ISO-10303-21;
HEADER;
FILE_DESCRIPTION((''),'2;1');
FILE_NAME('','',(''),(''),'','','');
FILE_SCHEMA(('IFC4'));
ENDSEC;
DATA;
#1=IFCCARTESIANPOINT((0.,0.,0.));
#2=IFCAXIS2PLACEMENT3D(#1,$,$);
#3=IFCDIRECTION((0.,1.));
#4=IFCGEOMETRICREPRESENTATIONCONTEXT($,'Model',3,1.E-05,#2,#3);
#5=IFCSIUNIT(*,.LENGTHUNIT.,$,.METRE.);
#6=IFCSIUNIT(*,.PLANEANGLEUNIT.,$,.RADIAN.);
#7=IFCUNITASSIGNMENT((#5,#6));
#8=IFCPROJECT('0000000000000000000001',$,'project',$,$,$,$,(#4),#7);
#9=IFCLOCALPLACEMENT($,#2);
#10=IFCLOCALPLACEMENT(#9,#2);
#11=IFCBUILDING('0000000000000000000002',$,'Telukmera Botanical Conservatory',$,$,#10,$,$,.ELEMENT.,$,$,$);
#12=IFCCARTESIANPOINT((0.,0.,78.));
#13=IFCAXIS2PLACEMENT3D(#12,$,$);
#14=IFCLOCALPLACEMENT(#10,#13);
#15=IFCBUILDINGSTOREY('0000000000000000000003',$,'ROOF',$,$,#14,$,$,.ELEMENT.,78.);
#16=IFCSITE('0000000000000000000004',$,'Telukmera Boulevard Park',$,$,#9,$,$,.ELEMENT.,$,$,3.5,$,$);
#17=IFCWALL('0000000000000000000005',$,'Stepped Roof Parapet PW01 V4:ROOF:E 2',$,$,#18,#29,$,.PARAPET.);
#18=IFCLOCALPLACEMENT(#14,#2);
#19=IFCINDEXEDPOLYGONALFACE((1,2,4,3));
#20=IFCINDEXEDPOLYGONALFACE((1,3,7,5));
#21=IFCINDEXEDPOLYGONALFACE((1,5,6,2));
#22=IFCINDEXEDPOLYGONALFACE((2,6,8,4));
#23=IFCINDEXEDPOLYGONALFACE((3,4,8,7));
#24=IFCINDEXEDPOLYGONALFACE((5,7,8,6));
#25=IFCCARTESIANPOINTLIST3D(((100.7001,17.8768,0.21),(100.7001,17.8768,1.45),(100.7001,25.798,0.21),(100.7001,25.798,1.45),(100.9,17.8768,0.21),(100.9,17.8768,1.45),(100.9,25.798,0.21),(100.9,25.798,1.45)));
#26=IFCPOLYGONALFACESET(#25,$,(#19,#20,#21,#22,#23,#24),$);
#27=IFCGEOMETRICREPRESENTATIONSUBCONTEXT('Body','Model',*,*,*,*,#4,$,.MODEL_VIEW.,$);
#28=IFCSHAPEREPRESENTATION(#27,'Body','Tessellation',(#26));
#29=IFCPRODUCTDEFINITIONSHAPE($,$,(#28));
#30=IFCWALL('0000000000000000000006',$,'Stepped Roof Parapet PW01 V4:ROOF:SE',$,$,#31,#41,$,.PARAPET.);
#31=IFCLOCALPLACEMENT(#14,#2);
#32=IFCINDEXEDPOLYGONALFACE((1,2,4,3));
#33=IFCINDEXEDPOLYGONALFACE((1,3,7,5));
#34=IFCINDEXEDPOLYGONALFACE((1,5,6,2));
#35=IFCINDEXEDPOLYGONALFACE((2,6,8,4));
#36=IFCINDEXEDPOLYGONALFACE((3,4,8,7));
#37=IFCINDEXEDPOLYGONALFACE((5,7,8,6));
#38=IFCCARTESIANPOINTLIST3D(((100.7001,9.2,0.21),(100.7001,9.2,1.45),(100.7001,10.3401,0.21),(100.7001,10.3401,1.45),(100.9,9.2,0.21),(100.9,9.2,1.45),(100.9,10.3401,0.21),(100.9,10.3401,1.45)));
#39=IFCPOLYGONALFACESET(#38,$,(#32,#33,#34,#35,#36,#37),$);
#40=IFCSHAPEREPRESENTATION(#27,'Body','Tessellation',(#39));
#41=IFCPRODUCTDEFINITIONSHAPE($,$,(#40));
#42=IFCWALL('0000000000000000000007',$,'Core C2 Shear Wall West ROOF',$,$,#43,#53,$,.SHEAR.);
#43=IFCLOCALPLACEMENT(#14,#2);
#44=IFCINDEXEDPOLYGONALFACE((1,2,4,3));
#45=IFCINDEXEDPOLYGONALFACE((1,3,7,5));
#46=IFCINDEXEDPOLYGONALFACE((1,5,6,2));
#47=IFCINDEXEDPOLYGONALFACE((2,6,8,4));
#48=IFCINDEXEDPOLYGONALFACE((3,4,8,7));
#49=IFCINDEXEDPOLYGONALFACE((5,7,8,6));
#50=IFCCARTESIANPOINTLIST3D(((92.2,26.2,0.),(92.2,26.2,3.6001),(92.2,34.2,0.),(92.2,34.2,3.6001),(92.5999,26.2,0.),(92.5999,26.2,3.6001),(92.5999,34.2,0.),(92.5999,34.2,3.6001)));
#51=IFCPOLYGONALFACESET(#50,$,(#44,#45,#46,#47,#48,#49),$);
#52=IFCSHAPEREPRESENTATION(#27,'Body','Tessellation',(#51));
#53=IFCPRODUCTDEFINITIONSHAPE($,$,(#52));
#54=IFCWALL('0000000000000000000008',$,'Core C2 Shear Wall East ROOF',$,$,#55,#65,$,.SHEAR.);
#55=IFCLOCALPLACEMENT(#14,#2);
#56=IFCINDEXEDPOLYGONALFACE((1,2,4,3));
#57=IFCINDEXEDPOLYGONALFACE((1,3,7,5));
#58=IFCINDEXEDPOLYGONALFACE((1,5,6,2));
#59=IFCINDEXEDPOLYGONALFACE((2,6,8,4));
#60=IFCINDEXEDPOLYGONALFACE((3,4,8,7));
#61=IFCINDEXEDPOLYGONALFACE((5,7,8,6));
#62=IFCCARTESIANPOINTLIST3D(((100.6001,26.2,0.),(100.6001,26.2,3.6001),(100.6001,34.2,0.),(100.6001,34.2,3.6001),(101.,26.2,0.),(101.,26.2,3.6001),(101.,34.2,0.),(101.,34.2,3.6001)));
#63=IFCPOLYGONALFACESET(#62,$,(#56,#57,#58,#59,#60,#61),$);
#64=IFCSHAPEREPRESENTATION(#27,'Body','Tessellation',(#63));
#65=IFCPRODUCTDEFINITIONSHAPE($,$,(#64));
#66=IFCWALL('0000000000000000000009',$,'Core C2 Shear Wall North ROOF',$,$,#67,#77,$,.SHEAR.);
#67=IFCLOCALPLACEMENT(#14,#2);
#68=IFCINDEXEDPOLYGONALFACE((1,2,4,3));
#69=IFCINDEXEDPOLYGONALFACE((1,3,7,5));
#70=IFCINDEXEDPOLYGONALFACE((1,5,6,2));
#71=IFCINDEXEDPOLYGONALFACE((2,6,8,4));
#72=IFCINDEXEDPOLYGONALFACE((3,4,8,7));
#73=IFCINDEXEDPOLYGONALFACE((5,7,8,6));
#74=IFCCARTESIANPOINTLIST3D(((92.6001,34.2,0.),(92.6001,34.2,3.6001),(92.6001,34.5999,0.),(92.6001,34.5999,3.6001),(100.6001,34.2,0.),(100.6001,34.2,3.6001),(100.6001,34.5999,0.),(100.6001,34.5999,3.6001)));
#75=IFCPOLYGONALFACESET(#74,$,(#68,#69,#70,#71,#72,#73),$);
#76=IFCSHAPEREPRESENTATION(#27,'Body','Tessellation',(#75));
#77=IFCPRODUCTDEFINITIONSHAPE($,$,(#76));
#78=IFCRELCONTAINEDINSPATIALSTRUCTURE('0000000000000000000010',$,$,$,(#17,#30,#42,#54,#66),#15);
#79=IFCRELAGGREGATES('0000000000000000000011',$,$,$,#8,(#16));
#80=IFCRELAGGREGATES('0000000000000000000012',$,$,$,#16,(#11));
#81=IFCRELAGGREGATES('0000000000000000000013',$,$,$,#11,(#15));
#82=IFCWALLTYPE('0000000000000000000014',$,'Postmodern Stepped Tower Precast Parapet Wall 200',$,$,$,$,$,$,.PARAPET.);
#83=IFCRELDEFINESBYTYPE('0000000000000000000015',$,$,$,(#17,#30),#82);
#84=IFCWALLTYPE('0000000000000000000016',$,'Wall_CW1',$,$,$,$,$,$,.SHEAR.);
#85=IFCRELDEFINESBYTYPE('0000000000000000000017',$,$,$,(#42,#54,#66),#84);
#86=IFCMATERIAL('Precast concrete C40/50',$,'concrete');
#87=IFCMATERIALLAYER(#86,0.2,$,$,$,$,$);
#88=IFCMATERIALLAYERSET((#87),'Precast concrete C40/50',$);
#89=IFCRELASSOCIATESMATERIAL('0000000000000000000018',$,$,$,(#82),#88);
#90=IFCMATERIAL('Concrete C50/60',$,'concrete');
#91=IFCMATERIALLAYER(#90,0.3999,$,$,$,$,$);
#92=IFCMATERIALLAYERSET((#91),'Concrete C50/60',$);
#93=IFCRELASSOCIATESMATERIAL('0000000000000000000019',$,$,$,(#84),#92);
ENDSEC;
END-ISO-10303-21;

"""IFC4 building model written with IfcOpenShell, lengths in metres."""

from ifc_helpers import new_model, si_unit, direction, frame, frame_2d, origin, place, context, subcontext, project, spatial, rectangle, extrude, material, layer, layer_set, type_object, element, save


model = new_model("IFC4")

# Units and contexts
model_context = context("Model", 3, precision=1e-05, world=origin(), true_north=direction((0.0, 1.0)))
body_context = subcontext(model_context, "Body", "Model", "MODEL_VIEW")
ifc_project = project(units=[si_unit("LENGTHUNIT", "METRE"), si_unit("PLANEANGLEUNIT", "RADIAN")], contexts=[model_context])

# Site, building, storey
site_placement = place(None, origin())
site = spatial("IfcSite", under=ifc_project, at=site_placement, Name="Telukmera Boulevard Park", CompositionType="ELEMENT", RefElevation=3.5)
building_placement = place(site_placement, origin())
building = spatial("IfcBuilding", under=site, at=building_placement, Name="Telukmera Botanical Conservatory", CompositionType="ELEMENT")
storey_placement = place(building_placement, frame((0.0, 0.0, 78.0)))
storey = spatial("IfcBuildingStorey", under=building, at=storey_placement, Name="ROOF", CompositionType="ELEMENT", Elevation=78.0)

# Shared definitions
ifc_material_1 = material(Name="Precast concrete C40/50", Category="concrete")

# Walls
ifc_layer_1 = layer(ifc_material_1, 0.2)
ifc_layer_set_1 = layer_set([ifc_layer_1], Name="Precast concrete C40/50")
wall_type_1 = type_object("IfcWallType", Name="Postmodern Stepped Tower Precast Parapet Wall 200", PredefinedType="PARAPET", material=ifc_layer_set_1)
wall_1_placement = place(storey_placement, frame((100.8, 17.877, 0.21), z_axis=(0.0, 0.0, 1.0), x_axis=(0.0, 1.0, 0.0)))
element("IfcWall", 1, at=wall_1_placement, inside=storey, type_object=wall_type_1, Name="Stepped Roof Parapet PW01 V4:ROOF:E 2", PredefinedType="PARAPET", context=body_context, shape_type="SweptSolid", body=[
    extrude(rectangle(XDim=7.9211, YDim=0.2, at=frame_2d((3.9604, 0.0))), origin(), (0.0, 0.0, 1.0), 1.24),
])
wall_2_placement = place(storey_placement, frame((100.8, 9.2, 0.21), z_axis=(0.0, 0.0, 1.0), x_axis=(0.0, 1.0, 0.0)))
element("IfcWall", 2, at=wall_2_placement, inside=storey, type_object=wall_type_1, Name="Stepped Roof Parapet PW01 V4:ROOF:SE", PredefinedType="PARAPET", context=body_context, shape_type="SweptSolid", body=[
    extrude(rectangle(XDim=1.1401, YDim=0.2, at=frame_2d((0.5701, 0.0))), origin(), (0.0, 0.0, 1.0), 1.24),
])
ifc_material_2 = material(Name="Concrete C50/60", Category="concrete")
ifc_layer_2 = layer(ifc_material_2, 0.3999)
ifc_layer_set_2 = layer_set([ifc_layer_2], Name="Concrete C50/60")
wall_type_2 = type_object("IfcWallType", Name="Wall_CW1", PredefinedType="SHEAR", material=ifc_layer_set_2)
for number, where, z_axis, x_axis, name in (
    (3, (92.3999, 26.2, 0.0), (0.0, 0.0, 1.0), (0.0, 1.0, 0.0), "Core C2 Shear Wall West ROOF"),
    (4, (100.8, 26.2, 0.0), (0.0, 0.0, 1.0), (0.0, 1.0, 0.0), "Core C2 Shear Wall East ROOF"),
    (5, (92.6001, 34.3999, 0.0), (0.0, 0.0, 1.0), (1.0, 0.0, 0.0), "Core C2 Shear Wall North ROOF"),
):
    element("IfcWall", number, at=place(storey_placement, frame(where, z_axis=z_axis, x_axis=x_axis)), inside=storey, type_object=wall_type_2, Name=name, PredefinedType="SHEAR", context=body_context, shape_type="SweptSolid", body=[
        extrude(rectangle(XDim=8.0, YDim=0.3999, at=frame_2d((4.0, 0.0))), origin(), (0.0, 0.0, 1.0), 3.6001),
    ])

save(model, "model.ifc")
